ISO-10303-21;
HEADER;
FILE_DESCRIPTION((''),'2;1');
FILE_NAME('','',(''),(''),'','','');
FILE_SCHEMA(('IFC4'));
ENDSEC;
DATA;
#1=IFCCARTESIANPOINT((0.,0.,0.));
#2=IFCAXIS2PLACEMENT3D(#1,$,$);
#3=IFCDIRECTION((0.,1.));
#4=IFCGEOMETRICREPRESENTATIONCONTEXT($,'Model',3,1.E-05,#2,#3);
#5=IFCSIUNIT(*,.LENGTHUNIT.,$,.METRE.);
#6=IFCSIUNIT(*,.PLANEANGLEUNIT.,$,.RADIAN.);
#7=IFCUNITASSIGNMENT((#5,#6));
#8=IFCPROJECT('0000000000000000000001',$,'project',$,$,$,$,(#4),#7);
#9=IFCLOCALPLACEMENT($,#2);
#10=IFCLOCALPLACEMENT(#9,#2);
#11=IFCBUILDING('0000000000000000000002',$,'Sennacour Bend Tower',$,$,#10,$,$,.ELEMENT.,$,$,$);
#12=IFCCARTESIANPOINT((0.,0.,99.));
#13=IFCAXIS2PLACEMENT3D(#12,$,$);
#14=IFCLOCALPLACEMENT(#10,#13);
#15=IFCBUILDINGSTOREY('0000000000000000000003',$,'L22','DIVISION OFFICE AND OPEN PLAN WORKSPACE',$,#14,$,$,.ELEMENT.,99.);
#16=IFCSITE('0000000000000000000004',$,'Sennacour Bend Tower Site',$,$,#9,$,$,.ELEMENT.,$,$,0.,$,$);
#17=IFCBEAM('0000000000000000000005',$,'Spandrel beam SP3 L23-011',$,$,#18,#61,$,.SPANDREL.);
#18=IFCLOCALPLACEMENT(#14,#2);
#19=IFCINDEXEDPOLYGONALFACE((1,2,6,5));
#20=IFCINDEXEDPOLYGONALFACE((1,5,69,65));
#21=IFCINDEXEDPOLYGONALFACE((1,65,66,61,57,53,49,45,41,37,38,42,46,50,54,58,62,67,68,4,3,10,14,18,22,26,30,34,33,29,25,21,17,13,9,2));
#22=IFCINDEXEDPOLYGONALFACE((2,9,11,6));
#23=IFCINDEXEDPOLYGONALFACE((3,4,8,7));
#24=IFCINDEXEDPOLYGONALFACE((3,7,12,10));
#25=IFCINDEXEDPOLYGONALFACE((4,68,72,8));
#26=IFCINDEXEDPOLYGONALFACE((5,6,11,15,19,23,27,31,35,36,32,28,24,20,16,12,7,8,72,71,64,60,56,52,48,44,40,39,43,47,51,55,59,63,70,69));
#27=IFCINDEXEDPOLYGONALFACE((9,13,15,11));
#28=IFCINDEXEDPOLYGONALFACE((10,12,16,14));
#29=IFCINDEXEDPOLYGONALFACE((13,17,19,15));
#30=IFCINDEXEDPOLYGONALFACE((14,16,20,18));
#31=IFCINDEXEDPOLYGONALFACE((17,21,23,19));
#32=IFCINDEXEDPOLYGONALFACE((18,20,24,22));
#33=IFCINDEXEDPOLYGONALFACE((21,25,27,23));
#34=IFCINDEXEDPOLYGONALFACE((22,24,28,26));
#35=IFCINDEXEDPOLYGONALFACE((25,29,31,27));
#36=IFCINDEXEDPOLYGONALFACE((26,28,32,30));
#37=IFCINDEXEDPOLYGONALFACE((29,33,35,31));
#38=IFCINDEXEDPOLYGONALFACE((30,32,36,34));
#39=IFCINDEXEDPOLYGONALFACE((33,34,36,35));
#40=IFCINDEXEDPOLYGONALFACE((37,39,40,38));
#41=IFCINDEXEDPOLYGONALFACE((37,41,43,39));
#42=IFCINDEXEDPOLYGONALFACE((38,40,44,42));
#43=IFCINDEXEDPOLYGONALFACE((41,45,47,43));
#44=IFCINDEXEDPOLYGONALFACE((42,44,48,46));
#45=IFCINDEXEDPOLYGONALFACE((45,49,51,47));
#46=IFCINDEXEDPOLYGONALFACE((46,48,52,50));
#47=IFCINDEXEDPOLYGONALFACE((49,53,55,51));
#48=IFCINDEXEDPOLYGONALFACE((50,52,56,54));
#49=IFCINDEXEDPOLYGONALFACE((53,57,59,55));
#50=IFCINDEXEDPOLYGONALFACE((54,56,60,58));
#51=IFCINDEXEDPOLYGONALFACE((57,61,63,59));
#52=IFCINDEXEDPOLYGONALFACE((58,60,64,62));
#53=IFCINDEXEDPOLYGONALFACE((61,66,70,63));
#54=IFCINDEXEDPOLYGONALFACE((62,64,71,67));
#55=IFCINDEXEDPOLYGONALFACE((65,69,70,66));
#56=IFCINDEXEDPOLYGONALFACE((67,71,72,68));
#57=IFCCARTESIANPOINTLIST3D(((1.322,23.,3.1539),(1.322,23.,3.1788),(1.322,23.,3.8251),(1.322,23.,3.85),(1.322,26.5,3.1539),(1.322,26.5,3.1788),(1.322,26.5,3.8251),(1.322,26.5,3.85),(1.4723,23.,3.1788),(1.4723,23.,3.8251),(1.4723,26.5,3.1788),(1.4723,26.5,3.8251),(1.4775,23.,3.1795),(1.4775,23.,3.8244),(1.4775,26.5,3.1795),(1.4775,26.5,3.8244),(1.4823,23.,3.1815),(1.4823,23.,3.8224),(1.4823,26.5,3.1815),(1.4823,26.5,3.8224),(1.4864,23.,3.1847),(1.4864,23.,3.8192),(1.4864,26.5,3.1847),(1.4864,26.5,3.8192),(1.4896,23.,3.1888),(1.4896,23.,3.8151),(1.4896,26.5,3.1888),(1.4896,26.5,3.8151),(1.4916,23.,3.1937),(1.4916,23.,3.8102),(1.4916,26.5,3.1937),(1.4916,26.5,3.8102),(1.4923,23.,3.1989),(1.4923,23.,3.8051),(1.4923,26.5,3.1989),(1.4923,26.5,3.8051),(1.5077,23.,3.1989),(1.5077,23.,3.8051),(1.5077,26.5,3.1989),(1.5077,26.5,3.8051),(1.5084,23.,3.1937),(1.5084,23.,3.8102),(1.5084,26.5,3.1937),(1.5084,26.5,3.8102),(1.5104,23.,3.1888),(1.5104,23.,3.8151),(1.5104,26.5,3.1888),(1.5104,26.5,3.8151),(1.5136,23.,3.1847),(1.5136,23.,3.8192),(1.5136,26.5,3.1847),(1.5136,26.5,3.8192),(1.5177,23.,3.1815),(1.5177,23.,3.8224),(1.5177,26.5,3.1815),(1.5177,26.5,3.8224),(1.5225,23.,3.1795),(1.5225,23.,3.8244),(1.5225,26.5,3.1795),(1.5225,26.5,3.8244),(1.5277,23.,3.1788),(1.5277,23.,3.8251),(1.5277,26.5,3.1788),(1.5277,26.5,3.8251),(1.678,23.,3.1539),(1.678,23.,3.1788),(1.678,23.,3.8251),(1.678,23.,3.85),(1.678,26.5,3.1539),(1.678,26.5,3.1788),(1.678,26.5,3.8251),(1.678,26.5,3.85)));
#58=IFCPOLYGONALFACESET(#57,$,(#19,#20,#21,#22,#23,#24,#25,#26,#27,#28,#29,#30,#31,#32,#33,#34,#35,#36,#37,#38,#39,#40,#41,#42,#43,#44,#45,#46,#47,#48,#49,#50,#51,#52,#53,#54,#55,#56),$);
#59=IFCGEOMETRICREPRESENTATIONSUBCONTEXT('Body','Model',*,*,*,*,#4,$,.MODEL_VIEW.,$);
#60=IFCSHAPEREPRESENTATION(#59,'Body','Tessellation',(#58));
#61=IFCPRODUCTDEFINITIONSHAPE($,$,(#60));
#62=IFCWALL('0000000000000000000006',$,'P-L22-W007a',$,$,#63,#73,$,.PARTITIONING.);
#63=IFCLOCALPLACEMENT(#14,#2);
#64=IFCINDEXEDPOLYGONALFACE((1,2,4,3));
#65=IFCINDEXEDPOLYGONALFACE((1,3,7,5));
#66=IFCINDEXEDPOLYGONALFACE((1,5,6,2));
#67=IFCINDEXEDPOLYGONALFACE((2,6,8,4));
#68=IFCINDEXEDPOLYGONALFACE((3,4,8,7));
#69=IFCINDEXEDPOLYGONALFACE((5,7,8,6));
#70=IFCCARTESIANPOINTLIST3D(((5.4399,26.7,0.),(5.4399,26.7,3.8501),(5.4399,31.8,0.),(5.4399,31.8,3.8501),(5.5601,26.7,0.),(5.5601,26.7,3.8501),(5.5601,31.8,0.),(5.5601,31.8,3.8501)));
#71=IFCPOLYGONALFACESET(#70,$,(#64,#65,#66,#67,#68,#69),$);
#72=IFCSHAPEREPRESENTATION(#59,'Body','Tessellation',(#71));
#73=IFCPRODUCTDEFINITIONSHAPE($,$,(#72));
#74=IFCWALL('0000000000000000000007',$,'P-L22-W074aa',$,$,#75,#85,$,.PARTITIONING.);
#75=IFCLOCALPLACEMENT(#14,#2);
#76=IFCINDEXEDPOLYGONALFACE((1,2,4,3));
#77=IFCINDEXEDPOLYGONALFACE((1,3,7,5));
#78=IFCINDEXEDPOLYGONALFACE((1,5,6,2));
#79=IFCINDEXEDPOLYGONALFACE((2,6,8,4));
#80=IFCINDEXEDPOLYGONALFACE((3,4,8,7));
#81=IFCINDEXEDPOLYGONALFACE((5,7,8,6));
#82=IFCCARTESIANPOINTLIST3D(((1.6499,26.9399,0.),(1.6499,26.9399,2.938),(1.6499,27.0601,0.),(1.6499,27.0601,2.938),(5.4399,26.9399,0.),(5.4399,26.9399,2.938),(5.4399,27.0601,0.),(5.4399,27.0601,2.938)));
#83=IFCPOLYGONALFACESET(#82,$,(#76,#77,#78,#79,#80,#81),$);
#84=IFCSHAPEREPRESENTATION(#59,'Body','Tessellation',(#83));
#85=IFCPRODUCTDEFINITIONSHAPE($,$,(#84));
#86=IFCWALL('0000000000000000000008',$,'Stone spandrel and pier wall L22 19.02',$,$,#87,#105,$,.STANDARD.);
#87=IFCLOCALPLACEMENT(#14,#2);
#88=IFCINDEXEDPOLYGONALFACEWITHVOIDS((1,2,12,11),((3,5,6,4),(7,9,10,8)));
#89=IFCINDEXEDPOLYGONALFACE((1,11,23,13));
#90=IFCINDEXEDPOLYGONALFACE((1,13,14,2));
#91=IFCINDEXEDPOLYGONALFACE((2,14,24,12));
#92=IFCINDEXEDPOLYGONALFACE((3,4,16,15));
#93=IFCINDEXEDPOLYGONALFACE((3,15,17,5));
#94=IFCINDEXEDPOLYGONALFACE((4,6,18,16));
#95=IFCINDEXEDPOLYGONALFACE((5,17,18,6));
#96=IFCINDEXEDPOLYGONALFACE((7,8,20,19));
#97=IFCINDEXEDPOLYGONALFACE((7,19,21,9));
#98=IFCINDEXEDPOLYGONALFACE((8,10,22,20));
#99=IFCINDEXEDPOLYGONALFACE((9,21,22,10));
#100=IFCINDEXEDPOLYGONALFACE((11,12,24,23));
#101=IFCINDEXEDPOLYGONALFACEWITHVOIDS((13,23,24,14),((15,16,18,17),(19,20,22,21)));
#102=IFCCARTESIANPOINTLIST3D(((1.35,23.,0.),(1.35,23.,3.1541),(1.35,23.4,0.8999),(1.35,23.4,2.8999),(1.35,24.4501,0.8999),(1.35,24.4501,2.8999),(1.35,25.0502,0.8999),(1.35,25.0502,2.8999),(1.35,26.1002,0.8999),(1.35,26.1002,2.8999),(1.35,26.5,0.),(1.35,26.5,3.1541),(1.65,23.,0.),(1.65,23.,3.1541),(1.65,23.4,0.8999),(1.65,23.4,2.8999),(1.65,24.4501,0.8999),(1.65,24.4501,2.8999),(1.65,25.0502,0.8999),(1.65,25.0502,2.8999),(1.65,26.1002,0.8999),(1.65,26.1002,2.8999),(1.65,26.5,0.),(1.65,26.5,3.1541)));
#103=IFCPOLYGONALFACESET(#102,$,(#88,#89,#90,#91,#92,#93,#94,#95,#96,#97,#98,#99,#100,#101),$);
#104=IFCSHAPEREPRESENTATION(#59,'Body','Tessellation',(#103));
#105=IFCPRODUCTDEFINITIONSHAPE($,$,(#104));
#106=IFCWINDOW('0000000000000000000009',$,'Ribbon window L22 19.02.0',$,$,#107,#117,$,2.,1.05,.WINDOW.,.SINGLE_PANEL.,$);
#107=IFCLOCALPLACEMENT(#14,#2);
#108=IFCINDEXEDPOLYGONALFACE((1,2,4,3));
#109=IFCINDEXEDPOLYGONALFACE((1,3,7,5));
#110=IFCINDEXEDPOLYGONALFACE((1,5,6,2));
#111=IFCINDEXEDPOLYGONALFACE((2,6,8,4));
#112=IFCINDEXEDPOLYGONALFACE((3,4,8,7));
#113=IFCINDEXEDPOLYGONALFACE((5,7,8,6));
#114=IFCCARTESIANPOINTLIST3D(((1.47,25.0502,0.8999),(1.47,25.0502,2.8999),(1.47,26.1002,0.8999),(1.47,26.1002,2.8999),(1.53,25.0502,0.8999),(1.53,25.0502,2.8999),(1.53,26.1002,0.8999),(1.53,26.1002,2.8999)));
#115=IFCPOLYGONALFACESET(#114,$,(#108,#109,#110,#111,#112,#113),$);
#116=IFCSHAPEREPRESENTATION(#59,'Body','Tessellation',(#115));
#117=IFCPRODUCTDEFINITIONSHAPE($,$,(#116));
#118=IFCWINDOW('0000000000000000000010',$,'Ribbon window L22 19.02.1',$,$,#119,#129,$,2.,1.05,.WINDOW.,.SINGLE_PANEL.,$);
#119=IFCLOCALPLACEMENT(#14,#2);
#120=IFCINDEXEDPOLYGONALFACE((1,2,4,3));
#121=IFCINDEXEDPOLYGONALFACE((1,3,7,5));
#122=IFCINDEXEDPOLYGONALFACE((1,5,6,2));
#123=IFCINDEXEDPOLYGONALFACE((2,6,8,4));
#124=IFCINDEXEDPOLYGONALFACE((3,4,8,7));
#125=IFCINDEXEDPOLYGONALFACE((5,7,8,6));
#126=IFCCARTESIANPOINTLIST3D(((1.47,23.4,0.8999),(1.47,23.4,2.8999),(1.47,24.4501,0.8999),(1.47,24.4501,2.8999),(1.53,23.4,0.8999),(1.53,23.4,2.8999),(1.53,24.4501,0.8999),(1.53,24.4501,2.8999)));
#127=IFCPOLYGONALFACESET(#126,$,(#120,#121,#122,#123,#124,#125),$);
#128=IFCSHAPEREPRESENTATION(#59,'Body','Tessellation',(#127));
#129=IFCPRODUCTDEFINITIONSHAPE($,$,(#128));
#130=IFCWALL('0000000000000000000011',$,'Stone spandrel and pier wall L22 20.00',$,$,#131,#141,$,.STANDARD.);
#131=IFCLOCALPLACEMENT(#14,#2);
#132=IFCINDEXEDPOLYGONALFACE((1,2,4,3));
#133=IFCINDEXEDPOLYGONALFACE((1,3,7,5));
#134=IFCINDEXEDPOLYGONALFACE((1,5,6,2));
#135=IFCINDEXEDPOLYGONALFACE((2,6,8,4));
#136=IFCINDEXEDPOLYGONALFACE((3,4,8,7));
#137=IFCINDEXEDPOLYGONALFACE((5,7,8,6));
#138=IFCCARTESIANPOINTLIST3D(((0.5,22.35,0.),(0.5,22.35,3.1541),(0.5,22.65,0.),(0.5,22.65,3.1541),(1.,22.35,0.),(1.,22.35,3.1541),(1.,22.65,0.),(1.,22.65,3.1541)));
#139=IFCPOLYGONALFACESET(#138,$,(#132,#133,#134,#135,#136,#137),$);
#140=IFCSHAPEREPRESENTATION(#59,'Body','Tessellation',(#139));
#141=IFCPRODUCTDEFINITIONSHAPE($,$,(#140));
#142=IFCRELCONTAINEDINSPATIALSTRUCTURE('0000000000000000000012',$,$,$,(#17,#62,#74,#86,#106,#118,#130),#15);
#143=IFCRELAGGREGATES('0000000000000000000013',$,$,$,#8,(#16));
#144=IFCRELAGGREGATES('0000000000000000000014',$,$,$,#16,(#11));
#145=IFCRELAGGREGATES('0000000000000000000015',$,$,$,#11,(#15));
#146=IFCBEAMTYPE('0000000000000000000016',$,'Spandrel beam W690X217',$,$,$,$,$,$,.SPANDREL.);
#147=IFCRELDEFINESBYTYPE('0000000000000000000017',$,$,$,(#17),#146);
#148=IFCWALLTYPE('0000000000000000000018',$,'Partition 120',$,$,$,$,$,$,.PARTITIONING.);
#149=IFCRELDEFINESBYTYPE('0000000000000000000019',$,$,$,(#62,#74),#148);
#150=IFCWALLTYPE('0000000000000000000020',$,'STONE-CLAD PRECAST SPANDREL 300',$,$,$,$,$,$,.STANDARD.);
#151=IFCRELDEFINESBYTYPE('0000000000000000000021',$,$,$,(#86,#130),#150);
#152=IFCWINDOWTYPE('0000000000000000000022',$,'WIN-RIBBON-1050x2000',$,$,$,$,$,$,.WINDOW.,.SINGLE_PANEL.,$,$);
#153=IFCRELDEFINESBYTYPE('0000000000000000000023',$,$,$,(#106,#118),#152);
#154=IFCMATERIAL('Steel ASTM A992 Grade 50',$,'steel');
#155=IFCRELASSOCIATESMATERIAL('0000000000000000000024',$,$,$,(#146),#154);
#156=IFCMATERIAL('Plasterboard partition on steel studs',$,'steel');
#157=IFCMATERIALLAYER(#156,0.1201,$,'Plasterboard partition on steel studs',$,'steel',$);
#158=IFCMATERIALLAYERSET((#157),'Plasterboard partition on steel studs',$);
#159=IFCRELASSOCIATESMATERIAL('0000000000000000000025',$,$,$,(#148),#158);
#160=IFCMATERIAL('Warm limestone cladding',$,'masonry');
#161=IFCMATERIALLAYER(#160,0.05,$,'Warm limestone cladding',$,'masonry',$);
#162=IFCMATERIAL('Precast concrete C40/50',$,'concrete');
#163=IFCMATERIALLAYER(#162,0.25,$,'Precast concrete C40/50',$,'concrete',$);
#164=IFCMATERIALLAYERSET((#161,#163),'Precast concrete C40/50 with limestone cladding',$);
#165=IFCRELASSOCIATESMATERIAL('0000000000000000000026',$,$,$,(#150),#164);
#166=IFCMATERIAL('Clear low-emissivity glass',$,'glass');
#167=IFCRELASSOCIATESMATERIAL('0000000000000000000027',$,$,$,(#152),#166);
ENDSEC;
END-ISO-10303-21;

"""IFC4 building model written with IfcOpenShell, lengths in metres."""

from ifc_helpers import new_model, si_unit, direction, frame, frame_2d, origin, origin_2d, place, context, subcontext, project, spatial, rectangle, i_section, extrude, material, layer, layer_set, material_profile, profile_set, type_object, element, fill, save


model = new_model("IFC4")

# Units and contexts
model_context = context("Model", 3, precision=1e-05, world=origin(), true_north=direction((0.0, 1.0)))
body_context = subcontext(model_context, "Body", "Model", "MODEL_VIEW")
ifc_project = project(units=[si_unit("LENGTHUNIT", "METRE"), si_unit("PLANEANGLEUNIT", "RADIAN")], contexts=[model_context])

# Site, building, storey
site_placement = place(None, origin())
site = spatial("IfcSite", under=ifc_project, at=site_placement, Name="Sennacour Bend Tower Site", CompositionType="ELEMENT", RefElevation=0.0)
building_placement = place(site_placement, origin())
building = spatial("IfcBuilding", under=site, at=building_placement, Name="Sennacour Bend Tower", CompositionType="ELEMENT")
storey_placement = place(building_placement, frame((0.0, 0.0, 99.0)))
storey = spatial("IfcBuildingStorey", under=building, at=storey_placement, Name="L22", Description="DIVISION OFFICE AND OPEN PLAN WORKSPACE", CompositionType="ELEMENT", Elevation=99.0)

# Beam
ifc_material_1 = material(Name="Steel ASTM A992 Grade 50", Category="steel")
ifc_material_profile_1 = material_profile(ifc_material_1, i_section(OverallWidth=0.356, OverallDepth=0.696, WebThickness=0.0154, FlangeThickness=0.0249, FilletRadius=0.02, at=origin_2d()), Name="Steel ASTM A992 Grade 50", Category="steel")
ifc_profile_set_1 = profile_set([ifc_material_profile_1], Name="Steel ASTM A992 Grade 50")
beam_type_1 = type_object("IfcBeamType", Name="Spandrel beam W690X217", PredefinedType="SPANDREL", material=ifc_profile_set_1)
beam_1_placement = place(storey_placement, frame((1.5, 23.0, 3.502), z_axis=(0.0, 1.0, 0.0), x_axis=(-1.0, 0.0, 0.0)))
element("IfcBeam", 1, at=beam_1_placement, inside=storey, type_object=beam_type_1, Name="Spandrel beam SP3 L23-011", PredefinedType="SPANDREL", context=body_context, shape_type="SweptSolid", body=[
    extrude(i_section(OverallWidth=0.356, OverallDepth=0.696, WebThickness=0.0154, FlangeThickness=0.0249, FilletRadius=0.02, at=origin_2d()), origin(), (0.0, 0.0, 1.0), 3.5),
])

# Walls
ifc_material_2 = material(Name="Plasterboard partition on steel studs", Category="steel")
ifc_layer_1 = layer(ifc_material_2, 0.1201, Name="Plasterboard partition on steel studs", Category="steel")
ifc_layer_set_1 = layer_set([ifc_layer_1], Name="Plasterboard partition on steel studs")
wall_type_1 = type_object("IfcWallType", Name="Partition 120", PredefinedType="PARTITIONING", material=ifc_layer_set_1)
wall_1_placement = place(storey_placement, frame((5.5, 26.7, 0.0), z_axis=(0.0, 0.0, 1.0), x_axis=(0.0, 1.0, 0.0)))
element("IfcWall", 2, at=wall_1_placement, inside=storey, type_object=wall_type_1, Name="P-L22-W007a", PredefinedType="PARTITIONING", context=body_context, shape_type="SweptSolid", body=[
    extrude(rectangle(XDim=5.1001, YDim=0.1201, at=frame_2d((2.55, 0.0))), origin(), (0.0, 0.0, 1.0), 3.8501),
])
wall_2_placement = place(storey_placement, frame((1.6499, 27.0, 0.0), z_axis=(0.0, 0.0, 1.0), x_axis=(1.0, 0.0, 0.0)))
element("IfcWall", 3, at=wall_2_placement, inside=storey, type_object=wall_type_1, Name="P-L22-W074aa", PredefinedType="PARTITIONING", context=body_context, shape_type="SweptSolid", body=[
    extrude(rectangle(XDim=3.79, YDim=0.1201, at=frame_2d((1.895, 0.0))), origin(), (0.0, 0.0, 1.0), 2.938),
])

# Wall, openings, windows
ifc_material_3 = material(Name="Warm limestone cladding", Category="masonry")
ifc_layer_2 = layer(ifc_material_3, 0.05, Name="Warm limestone cladding", Category="masonry")
ifc_material_4 = material(Name="Precast concrete C40/50", Category="concrete")
ifc_layer_3 = layer(ifc_material_4, 0.25, Name="Precast concrete C40/50", Category="concrete")
ifc_layer_set_2 = layer_set([ifc_layer_2, ifc_layer_3], Name="Precast concrete C40/50 with limestone cladding")
wall_type_2 = type_object("IfcWallType", Name="STONE-CLAD PRECAST SPANDREL 300", PredefinedType="STANDARD", material=ifc_layer_set_2)
wall_3_placement = place(storey_placement, frame((1.5, 26.5, 0.0), z_axis=(0.0, 0.0, 1.0), x_axis=(0.0, -1.0, 0.0)))
wall_3 = element("IfcWall", 4, at=wall_3_placement, inside=storey, type_object=wall_type_2, Name="Stone spandrel and pier wall L22 19.02", PredefinedType="STANDARD", context=body_context, shape_type="SweptSolid", body=[
    extrude(rectangle(XDim=3.5, YDim=0.3, at=frame_2d((1.75, 0.0))), origin(), (0.0, 0.0, 1.0), 3.1541),
])
opening_1_placement = place(wall_3_placement, frame((0.3999, 0.0, 0.8999)))
opening_1 = element("IfcOpeningElement", 5, at=opening_1_placement, cuts=wall_3, PredefinedType="OPENING", context=body_context, shape_type="SweptSolid", body=[
    extrude(rectangle(XDim=1.05, YDim=2.0, at=frame_2d((0.5249, 1.0))), frame((0.0, 0.1602, 0.0), z_axis=(0.0, -1.0, 0.0), x_axis=(1.0, 0.0, 0.0)), (0.0, 0.0, 1.0), 0.3201),
])
opening_2_placement = place(wall_3_placement, frame((2.05, 0.0, 0.8999)))
opening_2 = element("IfcOpeningElement", 6, at=opening_2_placement, cuts=wall_3, PredefinedType="OPENING", context=body_context, shape_type="SweptSolid", body=[
    extrude(rectangle(XDim=1.05, YDim=2.0, at=frame_2d((0.5249, 1.0))), frame((0.0, 0.1602, 0.0), z_axis=(0.0, -1.0, 0.0), x_axis=(1.0, 0.0, 0.0)), (0.0, 0.0, 1.0), 0.3201),
])
ifc_material_5 = material(Name="Clear low-emissivity glass", Category="glass")
window_type = type_object("IfcWindowType", Name="WIN-RIBBON-1050x2000", PartitioningType="SINGLE_PANEL", PredefinedType="WINDOW", material=ifc_material_5)
window_1_placement = place(opening_1_placement, origin())
window_1 = element("IfcWindow", 7, at=window_1_placement, inside=storey, type_object=window_type, Name="Ribbon window L22 19.02.0", OverallHeight=2.0, OverallWidth=1.05, PartitioningType="SINGLE_PANEL", PredefinedType="WINDOW", context=body_context, shape_type="SweptSolid", body=[
    extrude(rectangle(XDim=1.05, YDim=2.0, at=frame_2d((0.5249, 1.0))), frame((0.0, 0.03, 0.0), z_axis=(0.0, -1.0, 0.0), x_axis=(1.0, 0.0, 0.0)), (0.0, 0.0, 1.0), 0.0601),
])
fill(opening_1, window_1)
window_2_placement = place(opening_2_placement, origin())
window_2 = element("IfcWindow", 8, at=window_2_placement, inside=storey, type_object=window_type, Name="Ribbon window L22 19.02.1", OverallHeight=2.0, OverallWidth=1.05, PartitioningType="SINGLE_PANEL", PredefinedType="WINDOW", context=body_context, shape_type="SweptSolid", body=[
    extrude(rectangle(XDim=1.05, YDim=2.0, at=frame_2d((0.5249, 1.0))), frame((0.0, 0.03, 0.0), z_axis=(0.0, -1.0, 0.0), x_axis=(1.0, 0.0, 0.0)), (0.0, 0.0, 1.0), 0.0601),
])
fill(opening_2, window_2)

# Wall
wall_4_placement = place(storey_placement, frame((1.0, 22.5, 0.0), z_axis=(0.0, 0.0, 1.0), x_axis=(-1.0, 0.0, 0.0)))
element("IfcWall", 9, at=wall_4_placement, inside=storey, type_object=wall_type_2, Name="Stone spandrel and pier wall L22 20.00", PredefinedType="STANDARD", context=body_context, shape_type="SweptSolid", body=[
    extrude(rectangle(XDim=0.5, YDim=0.3, at=frame_2d((0.25, 0.0))), origin(), (0.0, 0.0, 1.0), 3.1541),
])

save(model, "model.ifc")
